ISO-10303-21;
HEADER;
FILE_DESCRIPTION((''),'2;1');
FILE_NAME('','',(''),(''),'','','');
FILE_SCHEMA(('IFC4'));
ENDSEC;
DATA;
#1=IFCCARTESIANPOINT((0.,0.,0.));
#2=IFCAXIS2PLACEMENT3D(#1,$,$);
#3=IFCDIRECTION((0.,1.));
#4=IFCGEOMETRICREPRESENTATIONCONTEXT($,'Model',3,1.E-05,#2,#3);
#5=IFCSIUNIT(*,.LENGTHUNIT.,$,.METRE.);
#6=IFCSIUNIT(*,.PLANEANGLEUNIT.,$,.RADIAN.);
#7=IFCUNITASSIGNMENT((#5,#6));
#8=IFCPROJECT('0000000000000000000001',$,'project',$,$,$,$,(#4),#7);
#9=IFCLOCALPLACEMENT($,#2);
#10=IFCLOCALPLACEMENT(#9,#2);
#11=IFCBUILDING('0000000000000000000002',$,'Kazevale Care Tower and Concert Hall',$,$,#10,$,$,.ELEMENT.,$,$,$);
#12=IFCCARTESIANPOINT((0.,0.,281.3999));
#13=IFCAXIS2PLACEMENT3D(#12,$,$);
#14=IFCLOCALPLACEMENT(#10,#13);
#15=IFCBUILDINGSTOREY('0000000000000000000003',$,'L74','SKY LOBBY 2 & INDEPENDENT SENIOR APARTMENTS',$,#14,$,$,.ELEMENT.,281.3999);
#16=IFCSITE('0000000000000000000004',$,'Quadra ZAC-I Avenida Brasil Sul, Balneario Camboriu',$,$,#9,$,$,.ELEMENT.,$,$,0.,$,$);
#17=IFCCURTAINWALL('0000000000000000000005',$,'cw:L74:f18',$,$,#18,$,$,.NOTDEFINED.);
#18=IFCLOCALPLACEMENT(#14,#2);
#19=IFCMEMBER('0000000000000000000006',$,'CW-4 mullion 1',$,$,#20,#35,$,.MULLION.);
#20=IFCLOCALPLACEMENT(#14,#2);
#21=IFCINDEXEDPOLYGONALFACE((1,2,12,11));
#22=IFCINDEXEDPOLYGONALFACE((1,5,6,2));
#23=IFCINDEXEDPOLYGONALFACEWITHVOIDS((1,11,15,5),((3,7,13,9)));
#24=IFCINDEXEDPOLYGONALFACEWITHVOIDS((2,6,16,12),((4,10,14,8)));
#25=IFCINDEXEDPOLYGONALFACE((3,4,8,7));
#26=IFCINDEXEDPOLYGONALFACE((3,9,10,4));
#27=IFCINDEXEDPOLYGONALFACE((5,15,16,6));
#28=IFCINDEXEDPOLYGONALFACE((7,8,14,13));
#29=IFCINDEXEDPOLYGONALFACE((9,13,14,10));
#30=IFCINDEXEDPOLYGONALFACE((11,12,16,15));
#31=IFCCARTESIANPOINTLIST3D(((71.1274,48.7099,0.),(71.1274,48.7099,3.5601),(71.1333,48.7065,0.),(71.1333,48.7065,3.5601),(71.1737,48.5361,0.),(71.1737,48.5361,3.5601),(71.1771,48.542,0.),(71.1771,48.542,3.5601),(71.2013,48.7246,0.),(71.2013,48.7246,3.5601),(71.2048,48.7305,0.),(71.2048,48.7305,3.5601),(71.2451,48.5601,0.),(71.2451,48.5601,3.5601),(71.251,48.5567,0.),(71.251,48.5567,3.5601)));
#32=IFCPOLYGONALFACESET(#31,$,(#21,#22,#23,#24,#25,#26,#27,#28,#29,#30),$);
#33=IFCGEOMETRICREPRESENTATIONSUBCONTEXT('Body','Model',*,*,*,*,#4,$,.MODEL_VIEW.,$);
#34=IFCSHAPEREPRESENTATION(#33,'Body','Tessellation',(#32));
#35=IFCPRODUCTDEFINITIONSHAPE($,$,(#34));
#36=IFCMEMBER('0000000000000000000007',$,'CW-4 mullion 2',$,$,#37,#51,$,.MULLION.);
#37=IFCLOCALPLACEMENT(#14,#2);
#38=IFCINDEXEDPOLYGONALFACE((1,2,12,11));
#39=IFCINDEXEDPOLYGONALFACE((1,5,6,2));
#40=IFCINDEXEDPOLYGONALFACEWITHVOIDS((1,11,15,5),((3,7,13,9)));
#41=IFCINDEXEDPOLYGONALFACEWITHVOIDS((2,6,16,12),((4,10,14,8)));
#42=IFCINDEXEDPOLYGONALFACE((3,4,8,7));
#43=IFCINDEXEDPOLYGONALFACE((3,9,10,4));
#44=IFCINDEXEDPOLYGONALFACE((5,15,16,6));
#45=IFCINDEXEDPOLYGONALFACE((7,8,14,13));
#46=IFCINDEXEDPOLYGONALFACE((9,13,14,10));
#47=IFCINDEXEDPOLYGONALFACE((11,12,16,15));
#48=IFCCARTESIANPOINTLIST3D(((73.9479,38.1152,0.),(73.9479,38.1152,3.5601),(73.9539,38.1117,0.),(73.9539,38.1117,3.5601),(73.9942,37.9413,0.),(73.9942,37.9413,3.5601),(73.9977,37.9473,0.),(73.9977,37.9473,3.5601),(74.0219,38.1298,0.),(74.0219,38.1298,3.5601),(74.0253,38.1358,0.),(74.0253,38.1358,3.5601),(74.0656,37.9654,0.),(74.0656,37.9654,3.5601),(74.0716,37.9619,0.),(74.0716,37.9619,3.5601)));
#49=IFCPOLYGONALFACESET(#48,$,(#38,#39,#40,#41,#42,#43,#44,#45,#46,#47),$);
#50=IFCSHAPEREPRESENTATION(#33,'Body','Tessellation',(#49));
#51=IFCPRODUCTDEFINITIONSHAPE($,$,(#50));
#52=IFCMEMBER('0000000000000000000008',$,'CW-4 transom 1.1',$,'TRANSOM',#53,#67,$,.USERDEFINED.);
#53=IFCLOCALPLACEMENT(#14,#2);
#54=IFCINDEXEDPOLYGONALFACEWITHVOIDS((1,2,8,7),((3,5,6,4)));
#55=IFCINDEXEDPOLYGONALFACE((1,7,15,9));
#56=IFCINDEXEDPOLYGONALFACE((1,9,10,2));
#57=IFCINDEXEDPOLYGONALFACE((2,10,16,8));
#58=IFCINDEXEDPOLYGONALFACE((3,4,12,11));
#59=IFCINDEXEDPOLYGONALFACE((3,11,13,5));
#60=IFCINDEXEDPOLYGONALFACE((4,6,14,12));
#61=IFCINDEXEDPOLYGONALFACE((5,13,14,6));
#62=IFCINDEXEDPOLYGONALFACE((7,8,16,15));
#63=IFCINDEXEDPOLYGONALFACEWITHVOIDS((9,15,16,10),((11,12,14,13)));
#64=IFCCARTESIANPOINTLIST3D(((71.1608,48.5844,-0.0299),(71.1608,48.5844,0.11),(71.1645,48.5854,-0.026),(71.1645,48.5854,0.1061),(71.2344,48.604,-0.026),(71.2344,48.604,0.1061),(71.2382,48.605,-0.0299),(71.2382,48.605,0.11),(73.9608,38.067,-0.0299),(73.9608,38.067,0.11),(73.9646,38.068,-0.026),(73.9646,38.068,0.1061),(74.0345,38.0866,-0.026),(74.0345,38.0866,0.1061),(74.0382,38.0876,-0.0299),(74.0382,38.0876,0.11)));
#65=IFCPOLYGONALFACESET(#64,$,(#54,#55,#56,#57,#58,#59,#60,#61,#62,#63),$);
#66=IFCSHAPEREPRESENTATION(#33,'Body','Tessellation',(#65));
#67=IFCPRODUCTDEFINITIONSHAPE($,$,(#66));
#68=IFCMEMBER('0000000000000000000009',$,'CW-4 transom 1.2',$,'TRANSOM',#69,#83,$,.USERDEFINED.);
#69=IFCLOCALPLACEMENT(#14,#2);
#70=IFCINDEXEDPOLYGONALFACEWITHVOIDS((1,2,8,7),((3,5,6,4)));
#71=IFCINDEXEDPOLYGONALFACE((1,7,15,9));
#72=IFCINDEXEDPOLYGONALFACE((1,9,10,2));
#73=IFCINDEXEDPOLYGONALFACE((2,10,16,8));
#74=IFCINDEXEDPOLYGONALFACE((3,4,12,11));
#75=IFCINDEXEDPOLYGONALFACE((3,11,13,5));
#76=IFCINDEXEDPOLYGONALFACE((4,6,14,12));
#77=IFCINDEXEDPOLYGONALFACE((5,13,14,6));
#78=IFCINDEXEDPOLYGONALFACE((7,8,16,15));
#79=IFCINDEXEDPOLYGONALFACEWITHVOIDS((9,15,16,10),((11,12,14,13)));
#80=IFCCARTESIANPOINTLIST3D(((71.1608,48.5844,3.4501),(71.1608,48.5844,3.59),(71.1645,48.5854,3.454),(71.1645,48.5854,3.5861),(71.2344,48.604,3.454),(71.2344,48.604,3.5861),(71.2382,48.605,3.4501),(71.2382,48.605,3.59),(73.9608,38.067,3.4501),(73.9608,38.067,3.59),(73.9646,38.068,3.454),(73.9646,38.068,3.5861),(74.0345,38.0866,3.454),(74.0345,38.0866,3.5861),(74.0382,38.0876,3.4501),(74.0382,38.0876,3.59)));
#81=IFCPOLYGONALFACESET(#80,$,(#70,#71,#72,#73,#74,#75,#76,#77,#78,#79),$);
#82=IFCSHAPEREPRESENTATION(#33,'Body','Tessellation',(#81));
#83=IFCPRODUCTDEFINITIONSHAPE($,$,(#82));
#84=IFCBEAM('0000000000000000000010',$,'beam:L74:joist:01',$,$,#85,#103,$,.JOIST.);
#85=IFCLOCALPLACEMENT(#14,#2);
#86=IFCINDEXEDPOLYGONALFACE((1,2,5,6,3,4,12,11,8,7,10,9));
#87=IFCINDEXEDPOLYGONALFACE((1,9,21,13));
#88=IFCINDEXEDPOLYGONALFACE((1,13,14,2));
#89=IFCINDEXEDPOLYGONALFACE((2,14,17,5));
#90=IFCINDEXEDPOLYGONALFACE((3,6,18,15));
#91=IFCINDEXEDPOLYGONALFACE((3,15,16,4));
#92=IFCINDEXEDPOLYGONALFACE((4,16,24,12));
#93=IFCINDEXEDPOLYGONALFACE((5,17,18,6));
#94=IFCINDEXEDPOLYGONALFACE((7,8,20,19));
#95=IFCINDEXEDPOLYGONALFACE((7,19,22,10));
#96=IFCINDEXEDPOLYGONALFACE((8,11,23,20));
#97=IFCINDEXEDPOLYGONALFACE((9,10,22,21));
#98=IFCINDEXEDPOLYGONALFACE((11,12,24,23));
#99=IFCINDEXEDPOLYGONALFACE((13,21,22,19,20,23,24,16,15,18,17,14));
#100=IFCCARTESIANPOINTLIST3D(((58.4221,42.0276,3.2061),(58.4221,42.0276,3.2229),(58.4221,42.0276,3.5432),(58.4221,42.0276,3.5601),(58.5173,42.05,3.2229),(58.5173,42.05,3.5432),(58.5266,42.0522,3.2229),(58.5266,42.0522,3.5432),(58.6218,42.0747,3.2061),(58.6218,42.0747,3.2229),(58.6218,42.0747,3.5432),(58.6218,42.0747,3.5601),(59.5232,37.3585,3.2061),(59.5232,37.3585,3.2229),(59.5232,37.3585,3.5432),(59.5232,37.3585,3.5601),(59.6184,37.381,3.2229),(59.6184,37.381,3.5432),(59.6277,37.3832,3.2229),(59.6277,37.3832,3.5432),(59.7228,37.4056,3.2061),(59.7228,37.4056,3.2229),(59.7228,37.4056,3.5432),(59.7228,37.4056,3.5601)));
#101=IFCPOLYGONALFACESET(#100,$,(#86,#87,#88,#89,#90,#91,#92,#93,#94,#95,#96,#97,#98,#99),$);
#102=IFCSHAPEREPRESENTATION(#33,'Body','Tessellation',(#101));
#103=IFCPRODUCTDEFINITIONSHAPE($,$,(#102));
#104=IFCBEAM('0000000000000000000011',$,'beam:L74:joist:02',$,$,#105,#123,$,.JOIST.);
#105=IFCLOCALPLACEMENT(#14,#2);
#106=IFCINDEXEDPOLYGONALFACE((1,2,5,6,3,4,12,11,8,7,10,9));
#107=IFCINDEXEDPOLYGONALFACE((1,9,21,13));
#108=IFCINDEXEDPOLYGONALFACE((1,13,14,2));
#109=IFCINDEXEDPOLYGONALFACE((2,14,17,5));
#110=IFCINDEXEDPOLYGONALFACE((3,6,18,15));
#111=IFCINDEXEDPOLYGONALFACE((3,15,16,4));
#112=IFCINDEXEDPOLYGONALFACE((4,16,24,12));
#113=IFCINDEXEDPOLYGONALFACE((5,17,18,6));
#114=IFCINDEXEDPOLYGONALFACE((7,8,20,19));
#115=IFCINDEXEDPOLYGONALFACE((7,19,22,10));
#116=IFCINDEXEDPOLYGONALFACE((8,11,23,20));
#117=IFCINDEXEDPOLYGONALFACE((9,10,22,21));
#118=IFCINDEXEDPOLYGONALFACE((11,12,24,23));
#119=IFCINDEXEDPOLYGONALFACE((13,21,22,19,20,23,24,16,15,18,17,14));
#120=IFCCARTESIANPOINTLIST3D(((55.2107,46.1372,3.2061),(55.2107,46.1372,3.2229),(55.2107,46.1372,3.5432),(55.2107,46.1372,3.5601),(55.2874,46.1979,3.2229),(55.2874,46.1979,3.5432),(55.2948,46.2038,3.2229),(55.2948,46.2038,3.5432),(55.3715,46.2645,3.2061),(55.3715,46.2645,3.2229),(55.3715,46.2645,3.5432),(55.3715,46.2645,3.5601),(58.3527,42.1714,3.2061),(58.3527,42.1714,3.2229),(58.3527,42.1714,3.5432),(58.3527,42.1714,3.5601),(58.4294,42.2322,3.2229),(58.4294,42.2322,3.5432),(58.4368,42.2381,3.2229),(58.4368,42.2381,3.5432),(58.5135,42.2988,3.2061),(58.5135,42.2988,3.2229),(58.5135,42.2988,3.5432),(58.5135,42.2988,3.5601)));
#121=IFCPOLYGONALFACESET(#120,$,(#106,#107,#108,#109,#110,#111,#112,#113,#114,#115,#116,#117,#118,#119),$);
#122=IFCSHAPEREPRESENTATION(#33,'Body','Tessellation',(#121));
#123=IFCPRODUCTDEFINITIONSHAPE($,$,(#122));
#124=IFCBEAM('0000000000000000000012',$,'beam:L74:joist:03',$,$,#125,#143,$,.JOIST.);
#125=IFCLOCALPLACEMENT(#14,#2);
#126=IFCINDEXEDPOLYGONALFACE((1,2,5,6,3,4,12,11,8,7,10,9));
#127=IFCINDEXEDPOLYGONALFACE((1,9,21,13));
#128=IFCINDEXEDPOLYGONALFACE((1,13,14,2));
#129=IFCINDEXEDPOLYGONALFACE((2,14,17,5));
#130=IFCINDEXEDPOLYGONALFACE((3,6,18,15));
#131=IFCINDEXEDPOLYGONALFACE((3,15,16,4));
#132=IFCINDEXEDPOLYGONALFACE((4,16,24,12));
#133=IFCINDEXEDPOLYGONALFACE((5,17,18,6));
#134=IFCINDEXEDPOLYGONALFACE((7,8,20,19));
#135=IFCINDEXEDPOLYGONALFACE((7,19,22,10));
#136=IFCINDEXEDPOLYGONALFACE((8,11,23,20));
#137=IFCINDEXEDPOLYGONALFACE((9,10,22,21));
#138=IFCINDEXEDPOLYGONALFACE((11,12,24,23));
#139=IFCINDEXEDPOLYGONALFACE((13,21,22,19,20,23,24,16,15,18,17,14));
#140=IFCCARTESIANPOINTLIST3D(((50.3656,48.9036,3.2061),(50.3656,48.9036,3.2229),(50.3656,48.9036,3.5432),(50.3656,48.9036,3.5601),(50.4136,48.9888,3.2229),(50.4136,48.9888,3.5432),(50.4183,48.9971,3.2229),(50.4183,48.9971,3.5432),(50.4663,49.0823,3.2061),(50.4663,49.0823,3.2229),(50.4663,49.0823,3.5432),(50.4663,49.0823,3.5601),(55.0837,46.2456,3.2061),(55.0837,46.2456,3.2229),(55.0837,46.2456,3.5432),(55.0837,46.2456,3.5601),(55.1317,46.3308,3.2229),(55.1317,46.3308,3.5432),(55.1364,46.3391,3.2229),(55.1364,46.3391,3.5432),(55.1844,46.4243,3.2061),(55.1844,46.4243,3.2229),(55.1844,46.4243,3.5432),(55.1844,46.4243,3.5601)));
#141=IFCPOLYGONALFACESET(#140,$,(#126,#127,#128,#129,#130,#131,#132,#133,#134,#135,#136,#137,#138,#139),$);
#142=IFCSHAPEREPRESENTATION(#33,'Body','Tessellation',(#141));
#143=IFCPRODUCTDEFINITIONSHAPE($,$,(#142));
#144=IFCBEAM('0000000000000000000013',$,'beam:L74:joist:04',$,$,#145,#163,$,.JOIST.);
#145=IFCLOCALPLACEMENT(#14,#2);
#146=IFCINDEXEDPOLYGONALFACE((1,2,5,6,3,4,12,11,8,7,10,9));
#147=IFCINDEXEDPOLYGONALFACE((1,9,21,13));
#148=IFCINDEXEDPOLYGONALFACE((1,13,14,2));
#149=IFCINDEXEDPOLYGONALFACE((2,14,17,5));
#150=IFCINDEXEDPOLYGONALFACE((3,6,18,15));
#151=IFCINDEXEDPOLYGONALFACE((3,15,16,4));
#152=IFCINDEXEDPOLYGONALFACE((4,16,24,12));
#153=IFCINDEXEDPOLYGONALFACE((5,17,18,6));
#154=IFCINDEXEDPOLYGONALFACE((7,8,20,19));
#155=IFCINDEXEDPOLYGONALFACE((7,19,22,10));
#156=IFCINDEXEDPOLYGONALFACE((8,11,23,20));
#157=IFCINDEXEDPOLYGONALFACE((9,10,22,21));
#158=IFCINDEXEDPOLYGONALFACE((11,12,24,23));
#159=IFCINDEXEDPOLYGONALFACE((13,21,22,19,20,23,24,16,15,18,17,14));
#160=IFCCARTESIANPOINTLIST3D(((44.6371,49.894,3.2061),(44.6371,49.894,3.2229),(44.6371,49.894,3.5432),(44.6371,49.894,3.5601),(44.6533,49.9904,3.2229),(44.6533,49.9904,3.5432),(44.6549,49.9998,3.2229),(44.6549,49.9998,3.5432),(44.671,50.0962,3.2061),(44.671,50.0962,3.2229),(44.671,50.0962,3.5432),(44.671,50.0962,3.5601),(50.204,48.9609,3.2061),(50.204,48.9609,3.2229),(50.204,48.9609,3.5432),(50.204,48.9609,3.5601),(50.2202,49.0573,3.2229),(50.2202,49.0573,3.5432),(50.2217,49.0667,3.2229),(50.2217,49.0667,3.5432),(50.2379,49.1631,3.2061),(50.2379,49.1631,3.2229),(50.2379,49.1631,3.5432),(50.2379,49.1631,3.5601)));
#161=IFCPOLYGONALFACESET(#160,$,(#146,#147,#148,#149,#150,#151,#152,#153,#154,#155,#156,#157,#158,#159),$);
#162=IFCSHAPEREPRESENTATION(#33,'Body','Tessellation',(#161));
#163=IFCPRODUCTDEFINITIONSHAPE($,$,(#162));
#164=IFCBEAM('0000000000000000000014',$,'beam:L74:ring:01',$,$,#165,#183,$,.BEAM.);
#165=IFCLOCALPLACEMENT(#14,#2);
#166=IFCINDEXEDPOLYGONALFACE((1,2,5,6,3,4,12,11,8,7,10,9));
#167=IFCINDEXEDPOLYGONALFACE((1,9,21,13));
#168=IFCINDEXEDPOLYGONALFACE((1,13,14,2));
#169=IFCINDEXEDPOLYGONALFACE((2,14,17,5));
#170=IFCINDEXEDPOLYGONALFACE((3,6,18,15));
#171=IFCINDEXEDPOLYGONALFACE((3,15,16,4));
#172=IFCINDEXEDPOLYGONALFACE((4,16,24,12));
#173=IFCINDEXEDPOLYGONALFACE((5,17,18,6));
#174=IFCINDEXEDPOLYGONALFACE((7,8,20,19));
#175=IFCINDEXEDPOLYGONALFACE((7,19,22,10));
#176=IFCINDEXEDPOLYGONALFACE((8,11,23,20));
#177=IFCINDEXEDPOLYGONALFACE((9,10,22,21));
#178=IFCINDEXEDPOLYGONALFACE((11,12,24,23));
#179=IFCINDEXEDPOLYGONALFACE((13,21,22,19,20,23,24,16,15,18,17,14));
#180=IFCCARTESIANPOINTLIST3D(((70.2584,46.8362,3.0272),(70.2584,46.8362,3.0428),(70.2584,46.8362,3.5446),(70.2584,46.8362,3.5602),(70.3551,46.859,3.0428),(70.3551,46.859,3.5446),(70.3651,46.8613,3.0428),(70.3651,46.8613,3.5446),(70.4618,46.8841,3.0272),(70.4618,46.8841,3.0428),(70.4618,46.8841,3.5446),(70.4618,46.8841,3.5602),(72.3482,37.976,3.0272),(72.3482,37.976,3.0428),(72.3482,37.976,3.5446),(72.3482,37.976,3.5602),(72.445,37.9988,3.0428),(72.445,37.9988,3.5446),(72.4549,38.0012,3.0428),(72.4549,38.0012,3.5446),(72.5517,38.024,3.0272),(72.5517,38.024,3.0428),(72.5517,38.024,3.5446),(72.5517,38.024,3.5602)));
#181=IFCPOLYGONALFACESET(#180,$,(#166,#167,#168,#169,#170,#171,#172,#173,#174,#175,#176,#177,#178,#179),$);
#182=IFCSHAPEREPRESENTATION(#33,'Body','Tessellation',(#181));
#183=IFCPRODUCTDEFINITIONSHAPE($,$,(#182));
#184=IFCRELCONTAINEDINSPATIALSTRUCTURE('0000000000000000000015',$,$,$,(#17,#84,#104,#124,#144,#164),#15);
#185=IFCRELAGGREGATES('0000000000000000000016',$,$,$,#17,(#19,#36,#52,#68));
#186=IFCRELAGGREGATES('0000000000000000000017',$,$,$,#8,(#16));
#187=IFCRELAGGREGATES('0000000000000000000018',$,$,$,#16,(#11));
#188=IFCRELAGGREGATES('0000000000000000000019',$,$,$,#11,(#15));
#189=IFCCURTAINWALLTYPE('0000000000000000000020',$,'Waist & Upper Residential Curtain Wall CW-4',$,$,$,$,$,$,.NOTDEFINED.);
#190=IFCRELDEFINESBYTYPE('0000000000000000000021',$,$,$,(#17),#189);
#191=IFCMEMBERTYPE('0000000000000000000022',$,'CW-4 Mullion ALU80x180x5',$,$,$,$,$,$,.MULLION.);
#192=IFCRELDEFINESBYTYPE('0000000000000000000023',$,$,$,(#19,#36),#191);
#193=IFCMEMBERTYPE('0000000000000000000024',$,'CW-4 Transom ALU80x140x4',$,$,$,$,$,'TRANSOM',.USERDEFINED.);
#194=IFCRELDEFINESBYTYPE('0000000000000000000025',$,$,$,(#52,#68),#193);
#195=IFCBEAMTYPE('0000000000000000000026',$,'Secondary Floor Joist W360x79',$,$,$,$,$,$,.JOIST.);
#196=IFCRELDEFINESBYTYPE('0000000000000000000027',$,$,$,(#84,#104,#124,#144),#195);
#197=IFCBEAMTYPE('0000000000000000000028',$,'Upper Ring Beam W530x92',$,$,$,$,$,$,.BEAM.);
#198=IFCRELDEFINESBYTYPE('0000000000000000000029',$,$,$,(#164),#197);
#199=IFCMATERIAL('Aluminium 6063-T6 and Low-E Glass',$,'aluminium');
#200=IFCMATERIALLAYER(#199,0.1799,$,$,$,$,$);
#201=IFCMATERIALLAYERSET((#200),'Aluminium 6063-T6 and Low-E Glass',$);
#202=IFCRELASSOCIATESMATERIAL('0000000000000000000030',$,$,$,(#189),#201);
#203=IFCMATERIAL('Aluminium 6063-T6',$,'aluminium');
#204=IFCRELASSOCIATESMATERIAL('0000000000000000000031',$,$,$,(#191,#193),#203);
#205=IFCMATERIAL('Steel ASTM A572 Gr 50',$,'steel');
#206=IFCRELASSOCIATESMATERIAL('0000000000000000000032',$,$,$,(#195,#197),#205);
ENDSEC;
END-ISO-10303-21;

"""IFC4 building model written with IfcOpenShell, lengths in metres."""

from ifc_helpers import new_model, si_unit, direction, frame, origin, origin_2d, place, context, subcontext, project, spatial, hollow_rectangle, i_section, extrude, material, layer, layer_set, material_profile, profile_set, type_object, element, aggregate, save


model = new_model("IFC4")

# Units and contexts
model_context = context("Model", 3, precision=1e-05, world=origin(), true_north=direction((0.0, 1.0)))
body_context = subcontext(model_context, "Body", "Model", "MODEL_VIEW")
ifc_project = project(units=[si_unit("LENGTHUNIT", "METRE"), si_unit("PLANEANGLEUNIT", "RADIAN")], contexts=[model_context])

# Site, building, storey
site_placement = place(None, origin())
site = spatial("IfcSite", under=ifc_project, at=site_placement, Name="Quadra ZAC-I Avenida Brasil Sul, Balneario Camboriu", CompositionType="ELEMENT", RefElevation=0.0)
building_placement = place(site_placement, origin())
building = spatial("IfcBuilding", under=site, at=building_placement, Name="Kazevale Care Tower and Concert Hall", CompositionType="ELEMENT")
storey_placement = place(building_placement, frame((0.0, 0.0, 281.3999)))
storey = spatial("IfcBuildingStorey", under=building, at=storey_placement, Name="L74", Description="SKY LOBBY 2 & INDEPENDENT SENIOR APARTMENTS", CompositionType="ELEMENT", Elevation=281.3999)

# Shared definitions
ifc_material_1 = material(Name="Aluminium 6063-T6 and Low-E Glass", Category="aluminium")
ifc_material_2 = material(Name="Aluminium 6063-T6", Category="aluminium")

# Curtain wall, members
ifc_layer_1 = layer(ifc_material_1, 0.1799)
ifc_layer_set_1 = layer_set([ifc_layer_1], Name="Aluminium 6063-T6 and Low-E Glass")
curtain_wall_type_1 = type_object("IfcCurtainWallType", Name="Waist & Upper Residential Curtain Wall CW-4", PredefinedType="NOTDEFINED", material=ifc_layer_set_1)
curtain_wall_1_placement = place(storey_placement, origin())
curtain_wall_1 = element("IfcCurtainWall", 1, at=curtain_wall_1_placement, inside=storey, type_object=curtain_wall_type_1, Name="cw:L74:f18", PredefinedType="NOTDEFINED")
ifc_material_profile_1 = material_profile(ifc_material_2, hollow_rectangle(XDim=0.0801, YDim=0.1799, WallThickness=0.0049, at=origin_2d()), Name="ALU80x180x5")
ifc_profile_set_1 = profile_set([ifc_material_profile_1], Name="Aluminium 6063-T6")
member_type_1 = type_object("IfcMemberType", Name="CW-4 Mullion ALU80x180x5", PredefinedType="MULLION", material=ifc_profile_set_1)
member_1_placement = place(storey_placement, frame((71.1892, 48.6333, 0.0), z_axis=(0.0, 0.0, 1.0), x_axis=(0.966345, 0.257251, 0.0)))
member_1 = element("IfcMember", 2, at=member_1_placement, type_object=member_type_1, Name="CW-4 mullion 1", PredefinedType="MULLION", context=body_context, shape_type="SweptSolid", body=[
    extrude(hollow_rectangle(XDim=0.0801, YDim=0.1799, WallThickness=0.0049, at=origin_2d()), origin(), (0.0, 0.0, 1.0), 3.5601),
])
member_2_placement = place(storey_placement, frame((74.0098, 38.0386, 0.0), z_axis=(0.0, 0.0, 1.0), x_axis=(0.966345, 0.257251, 0.0)))
member_2 = element("IfcMember", 3, at=member_2_placement, type_object=member_type_1, Name="CW-4 mullion 2", PredefinedType="MULLION", context=body_context, shape_type="SweptSolid", body=[
    extrude(hollow_rectangle(XDim=0.0801, YDim=0.1799, WallThickness=0.0049, at=origin_2d()), origin(), (0.0, 0.0, 1.0), 3.5601),
])
ifc_material_profile_2 = material_profile(ifc_material_2, hollow_rectangle(XDim=0.0801, YDim=0.1399, WallThickness=0.0039, at=origin_2d()), Name="ALU80x140x4")
ifc_profile_set_2 = profile_set([ifc_material_profile_2], Name="Aluminium 6063-T6")
member_type_2 = type_object("IfcMemberType", Name="CW-4 Transom ALU80x140x4", ElementType="TRANSOM", PredefinedType="USERDEFINED", material=ifc_profile_set_2)
member_3_placement = place(storey_placement, frame((71.1995, 48.5947, 0.04), z_axis=(0.25727, -0.966339, 0.0), x_axis=(0.966339, 0.25727, 0.0)))
member_3 = element("IfcMember", 4, at=member_3_placement, type_object=member_type_2, Name="CW-4 transom 1.1", ObjectType="TRANSOM", PredefinedType="USERDEFINED", context=body_context, shape_type="SweptSolid", body=[
    extrude(hollow_rectangle(XDim=0.0801, YDim=0.1399, WallThickness=0.0039, at=origin_2d()), origin(), (0.0, 0.0, 1.0), 10.8838),
])
member_4_placement = place(storey_placement, frame((71.1995, 48.5947, 3.52), z_axis=(0.25727, -0.966339, 0.0), x_axis=(0.966339, 0.25727, 0.0)))
member_4 = element("IfcMember", 5, at=member_4_placement, type_object=member_type_2, Name="CW-4 transom 1.2", ObjectType="TRANSOM", PredefinedType="USERDEFINED", context=body_context, shape_type="SweptSolid", body=[
    extrude(hollow_rectangle(XDim=0.0801, YDim=0.1399, WallThickness=0.0039, at=origin_2d()), origin(), (0.0, 0.0, 1.0), 10.8838),
])

# Beams
ifc_material_3 = material(Name="Steel ASTM A572 Gr 50", Category="steel")
ifc_material_profile_3 = material_profile(ifc_material_3, i_section(OverallWidth=0.2051, OverallDepth=0.354, WebThickness=0.0095, FlangeThickness=0.0168, at=origin_2d()), Name="W360x79")
ifc_profile_set_3 = profile_set([ifc_material_profile_3], Name="Steel ASTM A572 Gr 50")
beam_type_1 = type_object("IfcBeamType", Name="Secondary Floor Joist W360x79", PredefinedType="JOIST", material=ifc_profile_set_3)
beam_1_placement = place(storey_placement, frame((59.623, 37.3821, 3.3831), z_axis=(-0.229533, 0.973301, 0.0), x_axis=(-0.973301, -0.229533, 0.0)))
element("IfcBeam", 6, at=beam_1_placement, inside=storey, type_object=beam_type_1, Name="beam:L74:joist:01", PredefinedType="JOIST", context=body_context, shape_type="SweptSolid", body=[
    extrude(i_section(OverallWidth=0.2051, OverallDepth=0.354, WebThickness=0.0095, FlangeThickness=0.0168, at=origin_2d()), origin(), (0.0, 0.0, 1.0), 4.7971),
])
beam_2_placement = place(storey_placement, frame((58.4331, 42.2351, 3.3831), z_axis=(-0.621004, 0.783807, 0.0), x_axis=(-0.783807, -0.621004, 0.0)))
element("IfcBeam", 7, at=beam_2_placement, inside=storey, type_object=beam_type_1, Name="beam:L74:joist:02", PredefinedType="JOIST", context=body_context, shape_type="SweptSolid", body=[
    extrude(i_section(OverallWidth=0.2051, OverallDepth=0.354, WebThickness=0.0095, FlangeThickness=0.0168, at=origin_2d()), origin(), (0.0, 0.0, 1.0), 5.0596),
])
beam_3_placement = place(storey_placement, frame((55.134, 46.335, 3.3831), z_axis=(-0.871254, 0.490833, 0.0), x_axis=(-0.490833, -0.871254, 0.0)))
element("IfcBeam", 8, at=beam_3_placement, inside=storey, type_object=beam_type_1, Name="beam:L74:joist:03", PredefinedType="JOIST", context=body_context, shape_type="SweptSolid", body=[
    extrude(i_section(OverallWidth=0.2051, OverallDepth=0.354, WebThickness=0.0095, FlangeThickness=0.0168, at=origin_2d()), origin(), (0.0, 0.0, 1.0), 5.4153),
])
beam_4_placement = place(storey_placement, frame((50.2209, 49.062, 3.3831), z_axis=(-0.986242, 0.165311, 0.0), x_axis=(-0.165311, -0.986242, 0.0)))
element("IfcBeam", 9, at=beam_4_placement, inside=storey, type_object=beam_type_1, Name="beam:L74:joist:04", PredefinedType="JOIST", context=body_context, shape_type="SweptSolid", body=[
    extrude(i_section(OverallWidth=0.2051, OverallDepth=0.354, WebThickness=0.0095, FlangeThickness=0.0168, at=origin_2d()), origin(), (0.0, 0.0, 1.0), 5.6445),
])
ifc_material_profile_4 = material_profile(ifc_material_3, i_section(OverallWidth=0.209, OverallDepth=0.533, WebThickness=0.0103, FlangeThickness=0.0156, at=origin_2d()), Name="W530x92")
ifc_profile_set_4 = profile_set([ifc_material_profile_4], Name="Steel ASTM A572 Gr 50")
beam_type_2 = type_object("IfcBeamType", Name="Upper Ring Beam W530x92", PredefinedType="BEAM", material=ifc_profile_set_4)
beam_5_placement = place(storey_placement, frame((72.45, 38.0, 3.2937), z_axis=(-0.229571, 0.973292, 0.0), x_axis=(-0.973292, -0.229571, 0.0)))
element("IfcBeam", 10, at=beam_5_placement, inside=storey, type_object=beam_type_2, Name="beam:L74:ring:01", PredefinedType="BEAM", context=body_context, shape_type="SweptSolid", body=[
    extrude(i_section(OverallWidth=0.209, OverallDepth=0.533, WebThickness=0.0103, FlangeThickness=0.0156, at=origin_2d()), origin(), (0.0, 0.0, 1.0), 9.1033),
])

aggregate(curtain_wall_1, [member_1, member_2, member_3, member_4])

save(model, "model.ifc")
